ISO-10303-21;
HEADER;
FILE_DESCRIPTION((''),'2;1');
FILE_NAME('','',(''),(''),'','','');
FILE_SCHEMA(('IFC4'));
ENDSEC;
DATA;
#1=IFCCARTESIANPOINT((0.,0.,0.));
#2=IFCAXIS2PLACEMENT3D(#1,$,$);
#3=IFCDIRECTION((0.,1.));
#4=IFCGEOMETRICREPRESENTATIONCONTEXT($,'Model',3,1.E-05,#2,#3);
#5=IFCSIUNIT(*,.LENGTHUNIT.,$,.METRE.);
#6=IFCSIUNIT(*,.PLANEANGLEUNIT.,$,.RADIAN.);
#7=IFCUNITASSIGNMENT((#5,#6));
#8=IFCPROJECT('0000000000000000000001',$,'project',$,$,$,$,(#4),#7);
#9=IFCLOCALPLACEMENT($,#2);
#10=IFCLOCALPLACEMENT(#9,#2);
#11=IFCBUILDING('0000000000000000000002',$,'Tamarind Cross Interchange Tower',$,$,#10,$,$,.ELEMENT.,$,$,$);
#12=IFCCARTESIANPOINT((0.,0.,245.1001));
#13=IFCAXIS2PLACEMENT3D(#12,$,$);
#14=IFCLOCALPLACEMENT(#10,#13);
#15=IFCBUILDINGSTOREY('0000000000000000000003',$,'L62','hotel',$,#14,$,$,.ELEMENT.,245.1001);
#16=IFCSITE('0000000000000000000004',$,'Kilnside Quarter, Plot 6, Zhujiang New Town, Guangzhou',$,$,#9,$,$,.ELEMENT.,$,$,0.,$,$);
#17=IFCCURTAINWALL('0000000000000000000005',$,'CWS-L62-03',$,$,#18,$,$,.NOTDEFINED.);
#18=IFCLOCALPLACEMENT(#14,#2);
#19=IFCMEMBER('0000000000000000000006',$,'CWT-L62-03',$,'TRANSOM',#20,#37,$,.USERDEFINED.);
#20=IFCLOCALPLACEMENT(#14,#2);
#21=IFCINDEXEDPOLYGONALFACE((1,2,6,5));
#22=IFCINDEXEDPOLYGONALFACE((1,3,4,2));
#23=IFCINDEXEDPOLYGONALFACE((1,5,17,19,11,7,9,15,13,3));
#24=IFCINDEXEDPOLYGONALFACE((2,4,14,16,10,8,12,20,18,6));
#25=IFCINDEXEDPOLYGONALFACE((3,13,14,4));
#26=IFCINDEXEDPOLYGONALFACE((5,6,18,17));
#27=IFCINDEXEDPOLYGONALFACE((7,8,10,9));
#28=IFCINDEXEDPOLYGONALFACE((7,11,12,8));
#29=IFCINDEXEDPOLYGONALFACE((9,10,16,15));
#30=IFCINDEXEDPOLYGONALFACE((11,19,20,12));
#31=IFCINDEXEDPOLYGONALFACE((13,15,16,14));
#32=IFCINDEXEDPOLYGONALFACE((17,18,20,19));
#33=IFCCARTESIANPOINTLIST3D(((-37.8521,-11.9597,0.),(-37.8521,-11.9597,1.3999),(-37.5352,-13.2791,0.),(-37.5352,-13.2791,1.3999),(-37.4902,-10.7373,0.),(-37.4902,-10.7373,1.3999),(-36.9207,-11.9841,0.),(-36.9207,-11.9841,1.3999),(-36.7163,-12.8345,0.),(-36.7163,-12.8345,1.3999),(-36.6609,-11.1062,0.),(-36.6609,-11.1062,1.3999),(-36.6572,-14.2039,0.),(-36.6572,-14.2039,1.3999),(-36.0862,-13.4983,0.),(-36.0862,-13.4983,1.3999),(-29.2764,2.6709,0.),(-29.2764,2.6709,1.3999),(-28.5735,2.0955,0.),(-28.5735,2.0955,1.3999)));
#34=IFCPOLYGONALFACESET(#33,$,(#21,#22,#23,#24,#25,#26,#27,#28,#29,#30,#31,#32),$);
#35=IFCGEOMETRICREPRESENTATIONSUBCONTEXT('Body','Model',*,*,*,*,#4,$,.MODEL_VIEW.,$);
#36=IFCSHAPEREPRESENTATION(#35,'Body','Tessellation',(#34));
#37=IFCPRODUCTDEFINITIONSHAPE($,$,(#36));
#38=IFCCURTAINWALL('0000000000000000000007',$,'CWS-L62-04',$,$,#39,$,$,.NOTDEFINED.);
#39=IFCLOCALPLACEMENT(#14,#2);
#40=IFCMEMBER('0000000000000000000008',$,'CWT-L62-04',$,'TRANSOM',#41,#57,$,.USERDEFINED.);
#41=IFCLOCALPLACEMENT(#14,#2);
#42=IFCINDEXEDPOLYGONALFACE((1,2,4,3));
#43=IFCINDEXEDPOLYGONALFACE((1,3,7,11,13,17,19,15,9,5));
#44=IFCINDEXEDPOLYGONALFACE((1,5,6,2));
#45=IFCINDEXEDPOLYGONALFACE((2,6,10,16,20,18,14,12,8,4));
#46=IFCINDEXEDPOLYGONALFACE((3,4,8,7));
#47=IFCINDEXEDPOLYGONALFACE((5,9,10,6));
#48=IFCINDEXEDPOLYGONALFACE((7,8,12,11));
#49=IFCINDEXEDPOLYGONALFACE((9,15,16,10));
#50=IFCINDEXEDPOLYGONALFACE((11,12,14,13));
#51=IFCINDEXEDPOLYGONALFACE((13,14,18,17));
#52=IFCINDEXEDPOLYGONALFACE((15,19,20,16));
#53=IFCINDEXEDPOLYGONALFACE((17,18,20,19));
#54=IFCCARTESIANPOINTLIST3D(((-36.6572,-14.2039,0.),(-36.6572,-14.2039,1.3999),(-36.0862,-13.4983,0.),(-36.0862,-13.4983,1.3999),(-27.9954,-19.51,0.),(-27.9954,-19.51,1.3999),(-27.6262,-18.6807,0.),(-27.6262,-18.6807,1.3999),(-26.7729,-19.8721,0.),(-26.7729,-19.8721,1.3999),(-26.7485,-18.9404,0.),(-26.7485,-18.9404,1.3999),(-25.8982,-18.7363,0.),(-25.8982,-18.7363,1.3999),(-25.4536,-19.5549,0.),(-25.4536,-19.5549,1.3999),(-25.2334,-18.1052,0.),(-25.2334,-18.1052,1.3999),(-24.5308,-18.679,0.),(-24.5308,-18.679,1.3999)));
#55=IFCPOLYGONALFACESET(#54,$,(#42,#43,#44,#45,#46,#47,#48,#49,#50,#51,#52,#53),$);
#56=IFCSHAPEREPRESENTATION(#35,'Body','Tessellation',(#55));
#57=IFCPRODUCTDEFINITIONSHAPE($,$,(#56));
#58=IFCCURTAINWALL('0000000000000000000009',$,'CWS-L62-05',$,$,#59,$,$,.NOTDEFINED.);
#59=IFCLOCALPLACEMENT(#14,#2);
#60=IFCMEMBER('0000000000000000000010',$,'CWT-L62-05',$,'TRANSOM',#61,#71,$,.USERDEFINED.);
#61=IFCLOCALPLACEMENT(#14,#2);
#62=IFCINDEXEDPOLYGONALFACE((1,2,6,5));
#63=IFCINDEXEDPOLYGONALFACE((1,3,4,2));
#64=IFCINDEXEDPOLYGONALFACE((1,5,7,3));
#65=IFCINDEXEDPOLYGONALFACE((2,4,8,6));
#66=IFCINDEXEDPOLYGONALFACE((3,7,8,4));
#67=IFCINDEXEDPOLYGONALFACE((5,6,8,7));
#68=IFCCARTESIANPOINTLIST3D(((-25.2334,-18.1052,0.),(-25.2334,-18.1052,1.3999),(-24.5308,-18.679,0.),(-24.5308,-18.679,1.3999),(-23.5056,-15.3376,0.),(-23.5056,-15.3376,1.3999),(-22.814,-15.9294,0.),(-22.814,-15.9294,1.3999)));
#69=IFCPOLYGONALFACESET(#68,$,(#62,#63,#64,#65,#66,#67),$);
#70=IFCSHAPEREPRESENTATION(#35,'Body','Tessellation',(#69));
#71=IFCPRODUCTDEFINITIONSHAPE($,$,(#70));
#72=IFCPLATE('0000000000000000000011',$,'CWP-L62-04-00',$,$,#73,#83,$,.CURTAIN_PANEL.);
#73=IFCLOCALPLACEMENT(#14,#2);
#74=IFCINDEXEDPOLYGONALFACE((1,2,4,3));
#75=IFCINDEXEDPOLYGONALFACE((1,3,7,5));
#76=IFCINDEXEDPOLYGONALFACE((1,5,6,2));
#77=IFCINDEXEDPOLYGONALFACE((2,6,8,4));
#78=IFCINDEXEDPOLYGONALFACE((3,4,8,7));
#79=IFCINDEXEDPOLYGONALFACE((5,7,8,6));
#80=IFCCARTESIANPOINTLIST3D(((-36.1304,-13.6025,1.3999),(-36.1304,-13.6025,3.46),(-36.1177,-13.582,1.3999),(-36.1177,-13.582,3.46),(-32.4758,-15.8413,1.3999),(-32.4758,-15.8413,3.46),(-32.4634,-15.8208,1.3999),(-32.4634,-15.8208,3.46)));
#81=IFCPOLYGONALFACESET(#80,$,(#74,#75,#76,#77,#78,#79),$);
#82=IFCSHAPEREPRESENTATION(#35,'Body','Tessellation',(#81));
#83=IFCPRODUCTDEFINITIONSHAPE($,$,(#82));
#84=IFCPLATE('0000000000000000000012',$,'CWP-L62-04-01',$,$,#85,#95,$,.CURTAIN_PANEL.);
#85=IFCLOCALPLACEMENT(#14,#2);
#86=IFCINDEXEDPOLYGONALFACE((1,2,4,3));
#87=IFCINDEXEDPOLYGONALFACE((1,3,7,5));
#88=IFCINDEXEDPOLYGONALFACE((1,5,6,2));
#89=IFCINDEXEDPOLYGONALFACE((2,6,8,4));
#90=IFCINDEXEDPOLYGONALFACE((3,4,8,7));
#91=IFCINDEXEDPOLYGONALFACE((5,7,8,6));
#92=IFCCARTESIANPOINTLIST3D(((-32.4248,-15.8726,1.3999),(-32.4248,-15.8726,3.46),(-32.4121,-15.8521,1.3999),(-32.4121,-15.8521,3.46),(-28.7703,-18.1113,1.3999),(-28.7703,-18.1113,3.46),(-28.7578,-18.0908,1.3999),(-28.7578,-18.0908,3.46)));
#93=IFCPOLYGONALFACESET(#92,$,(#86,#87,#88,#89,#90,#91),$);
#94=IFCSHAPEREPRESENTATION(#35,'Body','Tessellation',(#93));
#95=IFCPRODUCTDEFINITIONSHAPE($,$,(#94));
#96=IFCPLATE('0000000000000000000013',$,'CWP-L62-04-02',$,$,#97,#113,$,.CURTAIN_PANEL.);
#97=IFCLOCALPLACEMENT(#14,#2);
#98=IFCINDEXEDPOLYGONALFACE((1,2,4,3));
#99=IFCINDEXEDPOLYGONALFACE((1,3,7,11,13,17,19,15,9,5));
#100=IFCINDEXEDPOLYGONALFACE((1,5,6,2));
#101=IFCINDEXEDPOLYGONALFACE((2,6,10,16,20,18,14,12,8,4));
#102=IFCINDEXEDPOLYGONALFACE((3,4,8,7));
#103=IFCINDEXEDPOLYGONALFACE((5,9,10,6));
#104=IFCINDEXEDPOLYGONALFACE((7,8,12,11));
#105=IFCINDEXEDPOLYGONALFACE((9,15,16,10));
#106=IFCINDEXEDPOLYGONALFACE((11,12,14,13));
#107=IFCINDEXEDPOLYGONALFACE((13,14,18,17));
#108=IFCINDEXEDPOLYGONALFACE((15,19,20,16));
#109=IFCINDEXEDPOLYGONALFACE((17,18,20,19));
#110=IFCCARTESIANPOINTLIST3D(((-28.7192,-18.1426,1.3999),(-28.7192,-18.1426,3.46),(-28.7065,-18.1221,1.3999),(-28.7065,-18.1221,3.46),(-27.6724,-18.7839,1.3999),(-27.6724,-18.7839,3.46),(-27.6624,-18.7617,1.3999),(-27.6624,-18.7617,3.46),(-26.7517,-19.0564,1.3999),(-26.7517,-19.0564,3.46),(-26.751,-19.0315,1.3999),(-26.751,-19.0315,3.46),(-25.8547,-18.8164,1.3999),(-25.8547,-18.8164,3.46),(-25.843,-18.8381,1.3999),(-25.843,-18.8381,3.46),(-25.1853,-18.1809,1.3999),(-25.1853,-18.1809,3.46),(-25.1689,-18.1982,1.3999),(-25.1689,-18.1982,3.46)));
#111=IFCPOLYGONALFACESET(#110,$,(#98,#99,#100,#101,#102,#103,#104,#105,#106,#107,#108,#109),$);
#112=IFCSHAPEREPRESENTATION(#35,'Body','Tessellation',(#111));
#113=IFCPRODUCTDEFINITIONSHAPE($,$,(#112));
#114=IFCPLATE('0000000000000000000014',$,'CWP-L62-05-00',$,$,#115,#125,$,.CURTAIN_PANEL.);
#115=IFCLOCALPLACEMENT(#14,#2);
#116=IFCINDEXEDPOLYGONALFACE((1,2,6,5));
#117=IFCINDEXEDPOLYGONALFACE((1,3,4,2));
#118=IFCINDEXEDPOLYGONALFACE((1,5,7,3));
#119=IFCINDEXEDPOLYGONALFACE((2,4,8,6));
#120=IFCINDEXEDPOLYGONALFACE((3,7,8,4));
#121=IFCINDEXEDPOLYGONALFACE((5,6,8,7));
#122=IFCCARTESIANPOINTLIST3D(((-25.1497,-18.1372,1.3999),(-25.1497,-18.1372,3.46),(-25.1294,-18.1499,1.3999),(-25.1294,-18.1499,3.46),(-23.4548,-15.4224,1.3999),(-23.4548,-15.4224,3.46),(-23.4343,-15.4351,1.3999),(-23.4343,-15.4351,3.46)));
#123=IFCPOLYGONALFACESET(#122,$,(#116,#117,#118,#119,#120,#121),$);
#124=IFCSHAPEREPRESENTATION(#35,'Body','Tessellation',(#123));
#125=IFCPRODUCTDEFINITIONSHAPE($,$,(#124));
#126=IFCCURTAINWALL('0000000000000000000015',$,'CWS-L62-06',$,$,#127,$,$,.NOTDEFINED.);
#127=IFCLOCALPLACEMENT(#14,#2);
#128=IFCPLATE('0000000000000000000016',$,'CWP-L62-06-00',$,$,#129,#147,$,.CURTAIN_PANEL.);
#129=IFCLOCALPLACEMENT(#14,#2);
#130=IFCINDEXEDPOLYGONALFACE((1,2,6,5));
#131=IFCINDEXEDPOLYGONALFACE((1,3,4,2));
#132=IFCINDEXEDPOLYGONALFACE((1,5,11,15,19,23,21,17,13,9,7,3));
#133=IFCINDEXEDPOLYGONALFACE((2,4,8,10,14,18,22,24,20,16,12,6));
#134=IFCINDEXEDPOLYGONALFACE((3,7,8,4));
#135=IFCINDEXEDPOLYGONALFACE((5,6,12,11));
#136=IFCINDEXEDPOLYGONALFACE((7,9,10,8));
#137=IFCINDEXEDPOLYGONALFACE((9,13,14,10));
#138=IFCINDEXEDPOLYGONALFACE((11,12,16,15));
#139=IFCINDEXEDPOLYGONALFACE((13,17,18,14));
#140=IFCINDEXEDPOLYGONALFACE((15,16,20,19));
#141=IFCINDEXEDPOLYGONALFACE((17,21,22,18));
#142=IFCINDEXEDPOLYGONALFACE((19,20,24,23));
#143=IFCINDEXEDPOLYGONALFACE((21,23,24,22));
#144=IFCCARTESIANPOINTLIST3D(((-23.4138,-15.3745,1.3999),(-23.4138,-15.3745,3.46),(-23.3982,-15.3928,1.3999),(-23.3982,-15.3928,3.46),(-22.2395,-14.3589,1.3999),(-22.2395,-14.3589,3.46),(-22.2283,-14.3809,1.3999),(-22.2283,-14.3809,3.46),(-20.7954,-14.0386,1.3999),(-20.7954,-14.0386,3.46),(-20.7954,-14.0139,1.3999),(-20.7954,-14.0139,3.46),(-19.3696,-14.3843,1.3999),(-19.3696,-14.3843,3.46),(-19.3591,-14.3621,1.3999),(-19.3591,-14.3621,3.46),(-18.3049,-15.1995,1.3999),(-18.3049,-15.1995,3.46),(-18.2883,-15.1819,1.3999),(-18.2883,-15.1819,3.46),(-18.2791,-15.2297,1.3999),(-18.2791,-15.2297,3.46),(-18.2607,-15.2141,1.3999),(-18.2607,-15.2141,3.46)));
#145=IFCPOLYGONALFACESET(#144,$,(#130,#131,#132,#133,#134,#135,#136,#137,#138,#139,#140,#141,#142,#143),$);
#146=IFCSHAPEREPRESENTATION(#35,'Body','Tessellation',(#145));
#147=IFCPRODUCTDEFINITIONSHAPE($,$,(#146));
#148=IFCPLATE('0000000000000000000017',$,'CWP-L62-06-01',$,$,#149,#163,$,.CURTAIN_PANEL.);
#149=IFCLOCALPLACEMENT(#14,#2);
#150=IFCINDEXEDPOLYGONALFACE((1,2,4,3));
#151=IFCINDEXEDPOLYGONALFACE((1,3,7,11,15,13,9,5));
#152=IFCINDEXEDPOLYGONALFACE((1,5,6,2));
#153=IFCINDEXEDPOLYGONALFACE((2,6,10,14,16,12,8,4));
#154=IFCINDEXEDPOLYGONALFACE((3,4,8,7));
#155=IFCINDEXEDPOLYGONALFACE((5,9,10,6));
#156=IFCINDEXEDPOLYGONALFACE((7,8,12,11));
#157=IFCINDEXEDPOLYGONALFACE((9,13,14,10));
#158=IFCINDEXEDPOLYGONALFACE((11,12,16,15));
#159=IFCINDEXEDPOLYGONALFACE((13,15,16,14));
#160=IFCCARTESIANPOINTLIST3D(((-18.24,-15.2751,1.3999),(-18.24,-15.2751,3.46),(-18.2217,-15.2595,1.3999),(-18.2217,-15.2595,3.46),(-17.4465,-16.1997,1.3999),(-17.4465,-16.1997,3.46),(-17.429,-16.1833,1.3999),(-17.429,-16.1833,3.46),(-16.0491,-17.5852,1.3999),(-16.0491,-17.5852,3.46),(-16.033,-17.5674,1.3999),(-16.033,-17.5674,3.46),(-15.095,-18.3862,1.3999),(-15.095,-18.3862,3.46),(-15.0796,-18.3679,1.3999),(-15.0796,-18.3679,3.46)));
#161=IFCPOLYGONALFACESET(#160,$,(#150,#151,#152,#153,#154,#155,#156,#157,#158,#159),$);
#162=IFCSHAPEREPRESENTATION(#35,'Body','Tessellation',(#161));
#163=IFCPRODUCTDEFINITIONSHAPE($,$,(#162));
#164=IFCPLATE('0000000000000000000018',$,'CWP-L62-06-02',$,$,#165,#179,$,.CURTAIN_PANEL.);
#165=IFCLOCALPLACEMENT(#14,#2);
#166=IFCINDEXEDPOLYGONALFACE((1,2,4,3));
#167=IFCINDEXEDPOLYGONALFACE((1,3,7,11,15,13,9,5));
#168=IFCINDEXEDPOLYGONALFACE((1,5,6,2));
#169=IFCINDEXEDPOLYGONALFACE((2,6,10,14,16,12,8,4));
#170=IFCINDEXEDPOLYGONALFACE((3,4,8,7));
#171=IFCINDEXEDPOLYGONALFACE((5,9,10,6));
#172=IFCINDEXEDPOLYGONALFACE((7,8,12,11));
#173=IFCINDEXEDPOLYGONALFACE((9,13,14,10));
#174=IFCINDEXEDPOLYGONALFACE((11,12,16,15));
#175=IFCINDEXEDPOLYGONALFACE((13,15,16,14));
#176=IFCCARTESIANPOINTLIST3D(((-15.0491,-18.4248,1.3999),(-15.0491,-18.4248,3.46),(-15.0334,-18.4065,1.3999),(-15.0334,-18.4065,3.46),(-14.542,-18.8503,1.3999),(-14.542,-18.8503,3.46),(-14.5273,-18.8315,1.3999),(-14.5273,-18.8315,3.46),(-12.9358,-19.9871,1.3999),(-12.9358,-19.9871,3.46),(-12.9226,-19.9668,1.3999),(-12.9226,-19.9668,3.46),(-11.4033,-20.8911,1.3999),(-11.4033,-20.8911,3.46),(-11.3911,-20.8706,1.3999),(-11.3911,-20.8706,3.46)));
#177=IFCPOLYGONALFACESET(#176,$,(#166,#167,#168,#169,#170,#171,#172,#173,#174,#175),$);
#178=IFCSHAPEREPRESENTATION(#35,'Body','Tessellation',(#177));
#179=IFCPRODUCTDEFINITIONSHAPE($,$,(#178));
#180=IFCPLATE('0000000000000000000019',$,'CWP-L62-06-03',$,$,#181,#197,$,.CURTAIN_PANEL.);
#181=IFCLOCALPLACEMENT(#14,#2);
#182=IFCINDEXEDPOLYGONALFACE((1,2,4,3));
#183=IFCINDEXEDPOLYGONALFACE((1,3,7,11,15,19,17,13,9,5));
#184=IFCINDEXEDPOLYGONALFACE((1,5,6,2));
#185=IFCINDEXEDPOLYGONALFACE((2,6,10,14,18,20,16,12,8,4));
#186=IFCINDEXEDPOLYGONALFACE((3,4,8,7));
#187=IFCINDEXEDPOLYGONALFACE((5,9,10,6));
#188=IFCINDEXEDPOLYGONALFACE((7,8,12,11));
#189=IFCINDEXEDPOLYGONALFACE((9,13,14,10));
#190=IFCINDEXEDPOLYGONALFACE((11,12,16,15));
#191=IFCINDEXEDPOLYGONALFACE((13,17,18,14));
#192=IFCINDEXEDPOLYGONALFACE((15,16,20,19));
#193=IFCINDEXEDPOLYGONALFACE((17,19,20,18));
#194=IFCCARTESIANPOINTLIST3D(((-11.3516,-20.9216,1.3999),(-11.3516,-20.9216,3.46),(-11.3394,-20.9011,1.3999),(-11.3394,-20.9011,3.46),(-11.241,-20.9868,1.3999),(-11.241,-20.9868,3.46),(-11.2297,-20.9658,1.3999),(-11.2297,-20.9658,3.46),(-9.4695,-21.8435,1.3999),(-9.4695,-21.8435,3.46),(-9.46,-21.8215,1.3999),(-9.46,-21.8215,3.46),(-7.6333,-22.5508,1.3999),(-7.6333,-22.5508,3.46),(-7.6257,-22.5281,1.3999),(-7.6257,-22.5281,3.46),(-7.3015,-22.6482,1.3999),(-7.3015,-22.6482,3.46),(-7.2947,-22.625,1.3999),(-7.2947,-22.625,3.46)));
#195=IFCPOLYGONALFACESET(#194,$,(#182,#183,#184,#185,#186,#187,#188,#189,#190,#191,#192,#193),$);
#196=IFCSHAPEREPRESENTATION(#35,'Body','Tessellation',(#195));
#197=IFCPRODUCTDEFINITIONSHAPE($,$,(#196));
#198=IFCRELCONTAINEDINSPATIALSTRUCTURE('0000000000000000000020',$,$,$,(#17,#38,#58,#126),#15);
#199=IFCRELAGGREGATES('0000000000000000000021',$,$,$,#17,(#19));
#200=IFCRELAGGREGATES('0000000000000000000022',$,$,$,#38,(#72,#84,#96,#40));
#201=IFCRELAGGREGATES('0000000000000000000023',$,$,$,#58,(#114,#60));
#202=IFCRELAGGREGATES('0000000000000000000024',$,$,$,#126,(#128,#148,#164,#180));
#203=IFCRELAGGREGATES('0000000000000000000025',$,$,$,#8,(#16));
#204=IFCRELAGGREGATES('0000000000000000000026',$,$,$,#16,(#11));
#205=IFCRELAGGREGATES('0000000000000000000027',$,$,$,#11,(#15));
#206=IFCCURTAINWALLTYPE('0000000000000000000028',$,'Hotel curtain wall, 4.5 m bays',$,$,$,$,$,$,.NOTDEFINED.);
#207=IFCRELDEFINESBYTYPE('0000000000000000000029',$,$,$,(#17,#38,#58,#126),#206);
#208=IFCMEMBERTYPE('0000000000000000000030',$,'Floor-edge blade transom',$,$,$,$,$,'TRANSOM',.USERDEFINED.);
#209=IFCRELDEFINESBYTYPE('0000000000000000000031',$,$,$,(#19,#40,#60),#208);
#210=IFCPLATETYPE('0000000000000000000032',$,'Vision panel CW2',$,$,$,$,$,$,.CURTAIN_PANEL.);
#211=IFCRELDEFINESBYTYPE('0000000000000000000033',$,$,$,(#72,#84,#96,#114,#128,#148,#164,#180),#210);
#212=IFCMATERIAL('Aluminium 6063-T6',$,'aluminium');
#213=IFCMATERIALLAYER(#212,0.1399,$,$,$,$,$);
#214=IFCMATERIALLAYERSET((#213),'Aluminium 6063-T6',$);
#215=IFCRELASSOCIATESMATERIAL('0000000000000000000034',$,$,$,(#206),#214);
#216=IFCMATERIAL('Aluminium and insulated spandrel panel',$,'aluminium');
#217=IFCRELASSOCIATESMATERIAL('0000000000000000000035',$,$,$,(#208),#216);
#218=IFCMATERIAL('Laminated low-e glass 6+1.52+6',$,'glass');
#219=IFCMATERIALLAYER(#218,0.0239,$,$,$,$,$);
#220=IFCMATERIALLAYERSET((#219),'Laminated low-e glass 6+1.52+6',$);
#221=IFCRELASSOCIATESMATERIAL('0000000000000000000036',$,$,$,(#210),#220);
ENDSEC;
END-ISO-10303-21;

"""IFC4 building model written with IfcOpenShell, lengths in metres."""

from ifc_helpers import new_model, si_unit, direction, frame, origin, place, context, subcontext, project, spatial, polyline, outline, extrude, material, layer, layer_set, type_object, element, aggregate, save


model = new_model("IFC4")

# Units and contexts
model_context = context("Model", 3, precision=1e-05, world=origin(), true_north=direction((0.0, 1.0)))
body_context = subcontext(model_context, "Body", "Model", "MODEL_VIEW")
ifc_project = project(units=[si_unit("LENGTHUNIT", "METRE"), si_unit("PLANEANGLEUNIT", "RADIAN")], contexts=[model_context])

# Site, building, storey
site_placement = place(None, origin())
site = spatial("IfcSite", under=ifc_project, at=site_placement, Name="Kilnside Quarter, Plot 6, Zhujiang New Town, Guangzhou", CompositionType="ELEMENT", RefElevation=0.0)
building_placement = place(site_placement, origin())
building = spatial("IfcBuilding", under=site, at=building_placement, Name="Tamarind Cross Interchange Tower", CompositionType="ELEMENT")
storey_placement = place(building_placement, frame((0.0, 0.0, 245.1001)))
storey = spatial("IfcBuildingStorey", under=building, at=storey_placement, Name="L62", Description="hotel", CompositionType="ELEMENT", Elevation=245.1001)

# Curtain walls, members
ifc_material_1 = material(Name="Aluminium 6063-T6", Category="aluminium")
ifc_layer_1 = layer(ifc_material_1, 0.1399)
ifc_layer_set_1 = layer_set([ifc_layer_1], Name="Aluminium 6063-T6")
curtain_wall_type = type_object("IfcCurtainWallType", Name="Hotel curtain wall, 4.5 m bays", PredefinedType="NOTDEFINED", material=ifc_layer_set_1)
curtain_wall_1_placement = place(storey_placement, origin())
curtain_wall_1 = element("IfcCurtainWall", 1, at=curtain_wall_1_placement, inside=storey, type_object=curtain_wall_type, Name="CWS-L62-03", PredefinedType="NOTDEFINED")
ifc_material_2 = material(Name="Aluminium and insulated spandrel panel", Category="aluminium")
member_type = type_object("IfcMemberType", Name="Floor-edge blade transom", ElementType="TRANSOM", PredefinedType="USERDEFINED", material=ifc_material_2)
member_1_placement = place(storey_placement, origin())
member_1 = element("IfcMember", 2, at=member_1_placement, type_object=member_type, Name="CWT-L62-03", ObjectType="TRANSOM", PredefinedType="USERDEFINED", context=body_context, shape_type="SweptSolid", body=[
    extrude(outline(polyline([(-28.5735, 2.0955), (-36.6609, -11.1062), (-36.9207, -11.9841), (-36.7163, -12.8345), (-36.0862, -13.4983), (-36.6572, -14.2039), (-37.5352, -13.2791), (-37.8521, -11.9597), (-37.4902, -10.7373), (-29.2764, 2.6709), (-28.5735, 2.0955)])), origin(), (0.0, 0.0, 1.0), 1.3999),
])
aggregate(curtain_wall_1, [member_1])
curtain_wall_2_placement = place(storey_placement, origin())
curtain_wall_2 = element("IfcCurtainWall", 3, at=curtain_wall_2_placement, inside=storey, type_object=curtain_wall_type, Name="CWS-L62-04", PredefinedType="NOTDEFINED")
member_2_placement = place(storey_placement, origin())
member_2 = element("IfcMember", 4, at=member_2_placement, type_object=member_type, Name="CWT-L62-04", ObjectType="TRANSOM", PredefinedType="USERDEFINED", context=body_context, shape_type="SweptSolid", body=[
    extrude(outline(polyline([(-36.0862, -13.4983), (-27.6262, -18.6807), (-26.7485, -18.9404), (-25.8982, -18.7363), (-25.2334, -18.1052), (-24.5308, -18.679), (-25.4536, -19.5549), (-26.7729, -19.8721), (-27.9954, -19.51), (-36.6572, -14.2039), (-36.0862, -13.4983)])), origin(), (0.0, 0.0, 1.0), 1.3999),
])
curtain_wall_3_placement = place(storey_placement, origin())
curtain_wall_3 = element("IfcCurtainWall", 5, at=curtain_wall_3_placement, inside=storey, type_object=curtain_wall_type, Name="CWS-L62-05", PredefinedType="NOTDEFINED")
member_3_placement = place(storey_placement, origin())
member_3 = element("IfcMember", 6, at=member_3_placement, type_object=member_type, Name="CWT-L62-05", ObjectType="TRANSOM", PredefinedType="USERDEFINED", context=body_context, shape_type="SweptSolid", body=[
    extrude(outline(polyline([(-25.2334, -18.1052), (-23.5056, -15.3376), (-22.814, -15.9294), (-24.5308, -18.679), (-25.2334, -18.1052)])), origin(), (0.0, 0.0, 1.0), 1.3999),
])

# Plates
ifc_material_3 = material(Name="Laminated low-e glass 6+1.52+6", Category="glass")
ifc_layer_2 = layer(ifc_material_3, 0.0239)
ifc_layer_set_2 = layer_set([ifc_layer_2], Name="Laminated low-e glass 6+1.52+6")
plate_type = type_object("IfcPlateType", Name="Vision panel CW2", PredefinedType="CURTAIN_PANEL", material=ifc_layer_set_2)
plate_1_placement = place(storey_placement, frame((0.0, 0.0, 1.3999)))
plate_1 = element("IfcPlate", 7, at=plate_1_placement, type_object=plate_type, Name="CWP-L62-04-00", PredefinedType="CURTAIN_PANEL", context=body_context, shape_type="SweptSolid", body=[
    extrude(outline(polyline([(-36.1177, -13.582), (-32.4634, -15.8208), (-32.4758, -15.8413), (-36.1304, -13.6025), (-36.1177, -13.582)])), origin(), (0.0, 0.0, 1.0), 2.0601),
])
plate_2_placement = place(storey_placement, frame((0.0, 0.0, 1.3999)))
plate_2 = element("IfcPlate", 8, at=plate_2_placement, type_object=plate_type, Name="CWP-L62-04-01", PredefinedType="CURTAIN_PANEL", context=body_context, shape_type="SweptSolid", body=[
    extrude(outline(polyline([(-32.4121, -15.8521), (-28.7578, -18.0908), (-28.7703, -18.1113), (-32.4248, -15.8726), (-32.4121, -15.8521)])), origin(), (0.0, 0.0, 1.0), 2.0601),
])
plate_3_placement = place(storey_placement, frame((0.0, 0.0, 1.3999)))
plate_3 = element("IfcPlate", 9, at=plate_3_placement, type_object=plate_type, Name="CWP-L62-04-02", PredefinedType="CURTAIN_PANEL", context=body_context, shape_type="SweptSolid", body=[
    extrude(outline(polyline([(-28.7065, -18.1221), (-27.6624, -18.7617), (-26.751, -19.0315), (-25.8547, -18.8164), (-25.1853, -18.1809), (-25.1689, -18.1982), (-25.843, -18.8381), (-26.7517, -19.0564), (-27.6724, -18.7839), (-28.7192, -18.1426), (-28.7065, -18.1221)])), origin(), (0.0, 0.0, 1.0), 2.0601),
])
aggregate(curtain_wall_2, [plate_1, plate_2, plate_3, member_2])
plate_4_placement = place(storey_placement, frame((0.0, 0.0, 1.3999)))
plate_4 = element("IfcPlate", 10, at=plate_4_placement, type_object=plate_type, Name="CWP-L62-05-00", PredefinedType="CURTAIN_PANEL", context=body_context, shape_type="SweptSolid", body=[
    extrude(outline(polyline([(-25.1497, -18.1372), (-23.4548, -15.4224), (-23.4343, -15.4351), (-25.1294, -18.1499), (-25.1497, -18.1372)])), origin(), (0.0, 0.0, 1.0), 2.0601),
])
aggregate(curtain_wall_3, [plate_4, member_3])

# Curtain wall, plates
curtain_wall_4_placement = place(storey_placement, origin())
curtain_wall_4 = element("IfcCurtainWall", 11, at=curtain_wall_4_placement, inside=storey, type_object=curtain_wall_type, Name="CWS-L62-06", PredefinedType="NOTDEFINED")
plate_5_placement = place(storey_placement, frame((0.0, 0.0, 1.3999)))
plate_5 = element("IfcPlate", 12, at=plate_5_placement, type_object=plate_type, Name="CWP-L62-06-00", PredefinedType="CURTAIN_PANEL", context=body_context, shape_type="SweptSolid", body=[
    extrude(outline(polyline([(-23.4138, -15.3745), (-22.2395, -14.3589), (-20.7954, -14.0139), (-19.3591, -14.3621), (-18.2883, -15.1819), (-18.2607, -15.2141), (-18.2791, -15.2297), (-18.3049, -15.1995), (-19.3696, -14.3843), (-20.7954, -14.0386), (-22.2283, -14.3809), (-23.3982, -15.3928), (-23.4138, -15.3745)])), origin(), (0.0, 0.0, 1.0), 2.0601),
])
plate_6_placement = place(storey_placement, frame((0.0, 0.0, 1.3999)))
plate_6 = element("IfcPlate", 13, at=plate_6_placement, type_object=plate_type, Name="CWP-L62-06-01", PredefinedType="CURTAIN_PANEL", context=body_context, shape_type="SweptSolid", body=[
    extrude(outline(polyline([(-18.2217, -15.2595), (-17.429, -16.1833), (-16.033, -17.5674), (-15.0796, -18.3679), (-15.095, -18.3862), (-16.0491, -17.5852), (-17.4465, -16.1997), (-18.24, -15.2751), (-18.2217, -15.2595)])), origin(), (0.0, 0.0, 1.0), 2.0601),
])
plate_7_placement = place(storey_placement, frame((0.0, 0.0, 1.3999)))
plate_7 = element("IfcPlate", 14, at=plate_7_placement, type_object=plate_type, Name="CWP-L62-06-02", PredefinedType="CURTAIN_PANEL", context=body_context, shape_type="SweptSolid", body=[
    extrude(outline(polyline([(-15.0334, -18.4065), (-14.5273, -18.8315), (-12.9226, -19.9668), (-11.3911, -20.8706), (-11.4033, -20.8911), (-12.9358, -19.9871), (-14.542, -18.8503), (-15.0491, -18.4248), (-15.0334, -18.4065)])), origin(), (0.0, 0.0, 1.0), 2.0601),
])
plate_8_placement = place(storey_placement, frame((0.0, 0.0, 1.3999)))
plate_8 = element("IfcPlate", 15, at=plate_8_placement, type_object=plate_type, Name="CWP-L62-06-03", PredefinedType="CURTAIN_PANEL", context=body_context, shape_type="SweptSolid", body=[
    extrude(outline(polyline([(-11.3394, -20.9011), (-11.2297, -20.9658), (-9.46, -21.8215), (-7.6257, -22.5281), (-7.2947, -22.625), (-7.3015, -22.6482), (-7.6333, -22.5508), (-9.4695, -21.8435), (-11.241, -20.9868), (-11.3516, -20.9216), (-11.3394, -20.9011)])), origin(), (0.0, 0.0, 1.0), 2.0601),
])
aggregate(curtain_wall_4, [plate_5, plate_6, plate_7, plate_8])

save(model, "model.ifc")
